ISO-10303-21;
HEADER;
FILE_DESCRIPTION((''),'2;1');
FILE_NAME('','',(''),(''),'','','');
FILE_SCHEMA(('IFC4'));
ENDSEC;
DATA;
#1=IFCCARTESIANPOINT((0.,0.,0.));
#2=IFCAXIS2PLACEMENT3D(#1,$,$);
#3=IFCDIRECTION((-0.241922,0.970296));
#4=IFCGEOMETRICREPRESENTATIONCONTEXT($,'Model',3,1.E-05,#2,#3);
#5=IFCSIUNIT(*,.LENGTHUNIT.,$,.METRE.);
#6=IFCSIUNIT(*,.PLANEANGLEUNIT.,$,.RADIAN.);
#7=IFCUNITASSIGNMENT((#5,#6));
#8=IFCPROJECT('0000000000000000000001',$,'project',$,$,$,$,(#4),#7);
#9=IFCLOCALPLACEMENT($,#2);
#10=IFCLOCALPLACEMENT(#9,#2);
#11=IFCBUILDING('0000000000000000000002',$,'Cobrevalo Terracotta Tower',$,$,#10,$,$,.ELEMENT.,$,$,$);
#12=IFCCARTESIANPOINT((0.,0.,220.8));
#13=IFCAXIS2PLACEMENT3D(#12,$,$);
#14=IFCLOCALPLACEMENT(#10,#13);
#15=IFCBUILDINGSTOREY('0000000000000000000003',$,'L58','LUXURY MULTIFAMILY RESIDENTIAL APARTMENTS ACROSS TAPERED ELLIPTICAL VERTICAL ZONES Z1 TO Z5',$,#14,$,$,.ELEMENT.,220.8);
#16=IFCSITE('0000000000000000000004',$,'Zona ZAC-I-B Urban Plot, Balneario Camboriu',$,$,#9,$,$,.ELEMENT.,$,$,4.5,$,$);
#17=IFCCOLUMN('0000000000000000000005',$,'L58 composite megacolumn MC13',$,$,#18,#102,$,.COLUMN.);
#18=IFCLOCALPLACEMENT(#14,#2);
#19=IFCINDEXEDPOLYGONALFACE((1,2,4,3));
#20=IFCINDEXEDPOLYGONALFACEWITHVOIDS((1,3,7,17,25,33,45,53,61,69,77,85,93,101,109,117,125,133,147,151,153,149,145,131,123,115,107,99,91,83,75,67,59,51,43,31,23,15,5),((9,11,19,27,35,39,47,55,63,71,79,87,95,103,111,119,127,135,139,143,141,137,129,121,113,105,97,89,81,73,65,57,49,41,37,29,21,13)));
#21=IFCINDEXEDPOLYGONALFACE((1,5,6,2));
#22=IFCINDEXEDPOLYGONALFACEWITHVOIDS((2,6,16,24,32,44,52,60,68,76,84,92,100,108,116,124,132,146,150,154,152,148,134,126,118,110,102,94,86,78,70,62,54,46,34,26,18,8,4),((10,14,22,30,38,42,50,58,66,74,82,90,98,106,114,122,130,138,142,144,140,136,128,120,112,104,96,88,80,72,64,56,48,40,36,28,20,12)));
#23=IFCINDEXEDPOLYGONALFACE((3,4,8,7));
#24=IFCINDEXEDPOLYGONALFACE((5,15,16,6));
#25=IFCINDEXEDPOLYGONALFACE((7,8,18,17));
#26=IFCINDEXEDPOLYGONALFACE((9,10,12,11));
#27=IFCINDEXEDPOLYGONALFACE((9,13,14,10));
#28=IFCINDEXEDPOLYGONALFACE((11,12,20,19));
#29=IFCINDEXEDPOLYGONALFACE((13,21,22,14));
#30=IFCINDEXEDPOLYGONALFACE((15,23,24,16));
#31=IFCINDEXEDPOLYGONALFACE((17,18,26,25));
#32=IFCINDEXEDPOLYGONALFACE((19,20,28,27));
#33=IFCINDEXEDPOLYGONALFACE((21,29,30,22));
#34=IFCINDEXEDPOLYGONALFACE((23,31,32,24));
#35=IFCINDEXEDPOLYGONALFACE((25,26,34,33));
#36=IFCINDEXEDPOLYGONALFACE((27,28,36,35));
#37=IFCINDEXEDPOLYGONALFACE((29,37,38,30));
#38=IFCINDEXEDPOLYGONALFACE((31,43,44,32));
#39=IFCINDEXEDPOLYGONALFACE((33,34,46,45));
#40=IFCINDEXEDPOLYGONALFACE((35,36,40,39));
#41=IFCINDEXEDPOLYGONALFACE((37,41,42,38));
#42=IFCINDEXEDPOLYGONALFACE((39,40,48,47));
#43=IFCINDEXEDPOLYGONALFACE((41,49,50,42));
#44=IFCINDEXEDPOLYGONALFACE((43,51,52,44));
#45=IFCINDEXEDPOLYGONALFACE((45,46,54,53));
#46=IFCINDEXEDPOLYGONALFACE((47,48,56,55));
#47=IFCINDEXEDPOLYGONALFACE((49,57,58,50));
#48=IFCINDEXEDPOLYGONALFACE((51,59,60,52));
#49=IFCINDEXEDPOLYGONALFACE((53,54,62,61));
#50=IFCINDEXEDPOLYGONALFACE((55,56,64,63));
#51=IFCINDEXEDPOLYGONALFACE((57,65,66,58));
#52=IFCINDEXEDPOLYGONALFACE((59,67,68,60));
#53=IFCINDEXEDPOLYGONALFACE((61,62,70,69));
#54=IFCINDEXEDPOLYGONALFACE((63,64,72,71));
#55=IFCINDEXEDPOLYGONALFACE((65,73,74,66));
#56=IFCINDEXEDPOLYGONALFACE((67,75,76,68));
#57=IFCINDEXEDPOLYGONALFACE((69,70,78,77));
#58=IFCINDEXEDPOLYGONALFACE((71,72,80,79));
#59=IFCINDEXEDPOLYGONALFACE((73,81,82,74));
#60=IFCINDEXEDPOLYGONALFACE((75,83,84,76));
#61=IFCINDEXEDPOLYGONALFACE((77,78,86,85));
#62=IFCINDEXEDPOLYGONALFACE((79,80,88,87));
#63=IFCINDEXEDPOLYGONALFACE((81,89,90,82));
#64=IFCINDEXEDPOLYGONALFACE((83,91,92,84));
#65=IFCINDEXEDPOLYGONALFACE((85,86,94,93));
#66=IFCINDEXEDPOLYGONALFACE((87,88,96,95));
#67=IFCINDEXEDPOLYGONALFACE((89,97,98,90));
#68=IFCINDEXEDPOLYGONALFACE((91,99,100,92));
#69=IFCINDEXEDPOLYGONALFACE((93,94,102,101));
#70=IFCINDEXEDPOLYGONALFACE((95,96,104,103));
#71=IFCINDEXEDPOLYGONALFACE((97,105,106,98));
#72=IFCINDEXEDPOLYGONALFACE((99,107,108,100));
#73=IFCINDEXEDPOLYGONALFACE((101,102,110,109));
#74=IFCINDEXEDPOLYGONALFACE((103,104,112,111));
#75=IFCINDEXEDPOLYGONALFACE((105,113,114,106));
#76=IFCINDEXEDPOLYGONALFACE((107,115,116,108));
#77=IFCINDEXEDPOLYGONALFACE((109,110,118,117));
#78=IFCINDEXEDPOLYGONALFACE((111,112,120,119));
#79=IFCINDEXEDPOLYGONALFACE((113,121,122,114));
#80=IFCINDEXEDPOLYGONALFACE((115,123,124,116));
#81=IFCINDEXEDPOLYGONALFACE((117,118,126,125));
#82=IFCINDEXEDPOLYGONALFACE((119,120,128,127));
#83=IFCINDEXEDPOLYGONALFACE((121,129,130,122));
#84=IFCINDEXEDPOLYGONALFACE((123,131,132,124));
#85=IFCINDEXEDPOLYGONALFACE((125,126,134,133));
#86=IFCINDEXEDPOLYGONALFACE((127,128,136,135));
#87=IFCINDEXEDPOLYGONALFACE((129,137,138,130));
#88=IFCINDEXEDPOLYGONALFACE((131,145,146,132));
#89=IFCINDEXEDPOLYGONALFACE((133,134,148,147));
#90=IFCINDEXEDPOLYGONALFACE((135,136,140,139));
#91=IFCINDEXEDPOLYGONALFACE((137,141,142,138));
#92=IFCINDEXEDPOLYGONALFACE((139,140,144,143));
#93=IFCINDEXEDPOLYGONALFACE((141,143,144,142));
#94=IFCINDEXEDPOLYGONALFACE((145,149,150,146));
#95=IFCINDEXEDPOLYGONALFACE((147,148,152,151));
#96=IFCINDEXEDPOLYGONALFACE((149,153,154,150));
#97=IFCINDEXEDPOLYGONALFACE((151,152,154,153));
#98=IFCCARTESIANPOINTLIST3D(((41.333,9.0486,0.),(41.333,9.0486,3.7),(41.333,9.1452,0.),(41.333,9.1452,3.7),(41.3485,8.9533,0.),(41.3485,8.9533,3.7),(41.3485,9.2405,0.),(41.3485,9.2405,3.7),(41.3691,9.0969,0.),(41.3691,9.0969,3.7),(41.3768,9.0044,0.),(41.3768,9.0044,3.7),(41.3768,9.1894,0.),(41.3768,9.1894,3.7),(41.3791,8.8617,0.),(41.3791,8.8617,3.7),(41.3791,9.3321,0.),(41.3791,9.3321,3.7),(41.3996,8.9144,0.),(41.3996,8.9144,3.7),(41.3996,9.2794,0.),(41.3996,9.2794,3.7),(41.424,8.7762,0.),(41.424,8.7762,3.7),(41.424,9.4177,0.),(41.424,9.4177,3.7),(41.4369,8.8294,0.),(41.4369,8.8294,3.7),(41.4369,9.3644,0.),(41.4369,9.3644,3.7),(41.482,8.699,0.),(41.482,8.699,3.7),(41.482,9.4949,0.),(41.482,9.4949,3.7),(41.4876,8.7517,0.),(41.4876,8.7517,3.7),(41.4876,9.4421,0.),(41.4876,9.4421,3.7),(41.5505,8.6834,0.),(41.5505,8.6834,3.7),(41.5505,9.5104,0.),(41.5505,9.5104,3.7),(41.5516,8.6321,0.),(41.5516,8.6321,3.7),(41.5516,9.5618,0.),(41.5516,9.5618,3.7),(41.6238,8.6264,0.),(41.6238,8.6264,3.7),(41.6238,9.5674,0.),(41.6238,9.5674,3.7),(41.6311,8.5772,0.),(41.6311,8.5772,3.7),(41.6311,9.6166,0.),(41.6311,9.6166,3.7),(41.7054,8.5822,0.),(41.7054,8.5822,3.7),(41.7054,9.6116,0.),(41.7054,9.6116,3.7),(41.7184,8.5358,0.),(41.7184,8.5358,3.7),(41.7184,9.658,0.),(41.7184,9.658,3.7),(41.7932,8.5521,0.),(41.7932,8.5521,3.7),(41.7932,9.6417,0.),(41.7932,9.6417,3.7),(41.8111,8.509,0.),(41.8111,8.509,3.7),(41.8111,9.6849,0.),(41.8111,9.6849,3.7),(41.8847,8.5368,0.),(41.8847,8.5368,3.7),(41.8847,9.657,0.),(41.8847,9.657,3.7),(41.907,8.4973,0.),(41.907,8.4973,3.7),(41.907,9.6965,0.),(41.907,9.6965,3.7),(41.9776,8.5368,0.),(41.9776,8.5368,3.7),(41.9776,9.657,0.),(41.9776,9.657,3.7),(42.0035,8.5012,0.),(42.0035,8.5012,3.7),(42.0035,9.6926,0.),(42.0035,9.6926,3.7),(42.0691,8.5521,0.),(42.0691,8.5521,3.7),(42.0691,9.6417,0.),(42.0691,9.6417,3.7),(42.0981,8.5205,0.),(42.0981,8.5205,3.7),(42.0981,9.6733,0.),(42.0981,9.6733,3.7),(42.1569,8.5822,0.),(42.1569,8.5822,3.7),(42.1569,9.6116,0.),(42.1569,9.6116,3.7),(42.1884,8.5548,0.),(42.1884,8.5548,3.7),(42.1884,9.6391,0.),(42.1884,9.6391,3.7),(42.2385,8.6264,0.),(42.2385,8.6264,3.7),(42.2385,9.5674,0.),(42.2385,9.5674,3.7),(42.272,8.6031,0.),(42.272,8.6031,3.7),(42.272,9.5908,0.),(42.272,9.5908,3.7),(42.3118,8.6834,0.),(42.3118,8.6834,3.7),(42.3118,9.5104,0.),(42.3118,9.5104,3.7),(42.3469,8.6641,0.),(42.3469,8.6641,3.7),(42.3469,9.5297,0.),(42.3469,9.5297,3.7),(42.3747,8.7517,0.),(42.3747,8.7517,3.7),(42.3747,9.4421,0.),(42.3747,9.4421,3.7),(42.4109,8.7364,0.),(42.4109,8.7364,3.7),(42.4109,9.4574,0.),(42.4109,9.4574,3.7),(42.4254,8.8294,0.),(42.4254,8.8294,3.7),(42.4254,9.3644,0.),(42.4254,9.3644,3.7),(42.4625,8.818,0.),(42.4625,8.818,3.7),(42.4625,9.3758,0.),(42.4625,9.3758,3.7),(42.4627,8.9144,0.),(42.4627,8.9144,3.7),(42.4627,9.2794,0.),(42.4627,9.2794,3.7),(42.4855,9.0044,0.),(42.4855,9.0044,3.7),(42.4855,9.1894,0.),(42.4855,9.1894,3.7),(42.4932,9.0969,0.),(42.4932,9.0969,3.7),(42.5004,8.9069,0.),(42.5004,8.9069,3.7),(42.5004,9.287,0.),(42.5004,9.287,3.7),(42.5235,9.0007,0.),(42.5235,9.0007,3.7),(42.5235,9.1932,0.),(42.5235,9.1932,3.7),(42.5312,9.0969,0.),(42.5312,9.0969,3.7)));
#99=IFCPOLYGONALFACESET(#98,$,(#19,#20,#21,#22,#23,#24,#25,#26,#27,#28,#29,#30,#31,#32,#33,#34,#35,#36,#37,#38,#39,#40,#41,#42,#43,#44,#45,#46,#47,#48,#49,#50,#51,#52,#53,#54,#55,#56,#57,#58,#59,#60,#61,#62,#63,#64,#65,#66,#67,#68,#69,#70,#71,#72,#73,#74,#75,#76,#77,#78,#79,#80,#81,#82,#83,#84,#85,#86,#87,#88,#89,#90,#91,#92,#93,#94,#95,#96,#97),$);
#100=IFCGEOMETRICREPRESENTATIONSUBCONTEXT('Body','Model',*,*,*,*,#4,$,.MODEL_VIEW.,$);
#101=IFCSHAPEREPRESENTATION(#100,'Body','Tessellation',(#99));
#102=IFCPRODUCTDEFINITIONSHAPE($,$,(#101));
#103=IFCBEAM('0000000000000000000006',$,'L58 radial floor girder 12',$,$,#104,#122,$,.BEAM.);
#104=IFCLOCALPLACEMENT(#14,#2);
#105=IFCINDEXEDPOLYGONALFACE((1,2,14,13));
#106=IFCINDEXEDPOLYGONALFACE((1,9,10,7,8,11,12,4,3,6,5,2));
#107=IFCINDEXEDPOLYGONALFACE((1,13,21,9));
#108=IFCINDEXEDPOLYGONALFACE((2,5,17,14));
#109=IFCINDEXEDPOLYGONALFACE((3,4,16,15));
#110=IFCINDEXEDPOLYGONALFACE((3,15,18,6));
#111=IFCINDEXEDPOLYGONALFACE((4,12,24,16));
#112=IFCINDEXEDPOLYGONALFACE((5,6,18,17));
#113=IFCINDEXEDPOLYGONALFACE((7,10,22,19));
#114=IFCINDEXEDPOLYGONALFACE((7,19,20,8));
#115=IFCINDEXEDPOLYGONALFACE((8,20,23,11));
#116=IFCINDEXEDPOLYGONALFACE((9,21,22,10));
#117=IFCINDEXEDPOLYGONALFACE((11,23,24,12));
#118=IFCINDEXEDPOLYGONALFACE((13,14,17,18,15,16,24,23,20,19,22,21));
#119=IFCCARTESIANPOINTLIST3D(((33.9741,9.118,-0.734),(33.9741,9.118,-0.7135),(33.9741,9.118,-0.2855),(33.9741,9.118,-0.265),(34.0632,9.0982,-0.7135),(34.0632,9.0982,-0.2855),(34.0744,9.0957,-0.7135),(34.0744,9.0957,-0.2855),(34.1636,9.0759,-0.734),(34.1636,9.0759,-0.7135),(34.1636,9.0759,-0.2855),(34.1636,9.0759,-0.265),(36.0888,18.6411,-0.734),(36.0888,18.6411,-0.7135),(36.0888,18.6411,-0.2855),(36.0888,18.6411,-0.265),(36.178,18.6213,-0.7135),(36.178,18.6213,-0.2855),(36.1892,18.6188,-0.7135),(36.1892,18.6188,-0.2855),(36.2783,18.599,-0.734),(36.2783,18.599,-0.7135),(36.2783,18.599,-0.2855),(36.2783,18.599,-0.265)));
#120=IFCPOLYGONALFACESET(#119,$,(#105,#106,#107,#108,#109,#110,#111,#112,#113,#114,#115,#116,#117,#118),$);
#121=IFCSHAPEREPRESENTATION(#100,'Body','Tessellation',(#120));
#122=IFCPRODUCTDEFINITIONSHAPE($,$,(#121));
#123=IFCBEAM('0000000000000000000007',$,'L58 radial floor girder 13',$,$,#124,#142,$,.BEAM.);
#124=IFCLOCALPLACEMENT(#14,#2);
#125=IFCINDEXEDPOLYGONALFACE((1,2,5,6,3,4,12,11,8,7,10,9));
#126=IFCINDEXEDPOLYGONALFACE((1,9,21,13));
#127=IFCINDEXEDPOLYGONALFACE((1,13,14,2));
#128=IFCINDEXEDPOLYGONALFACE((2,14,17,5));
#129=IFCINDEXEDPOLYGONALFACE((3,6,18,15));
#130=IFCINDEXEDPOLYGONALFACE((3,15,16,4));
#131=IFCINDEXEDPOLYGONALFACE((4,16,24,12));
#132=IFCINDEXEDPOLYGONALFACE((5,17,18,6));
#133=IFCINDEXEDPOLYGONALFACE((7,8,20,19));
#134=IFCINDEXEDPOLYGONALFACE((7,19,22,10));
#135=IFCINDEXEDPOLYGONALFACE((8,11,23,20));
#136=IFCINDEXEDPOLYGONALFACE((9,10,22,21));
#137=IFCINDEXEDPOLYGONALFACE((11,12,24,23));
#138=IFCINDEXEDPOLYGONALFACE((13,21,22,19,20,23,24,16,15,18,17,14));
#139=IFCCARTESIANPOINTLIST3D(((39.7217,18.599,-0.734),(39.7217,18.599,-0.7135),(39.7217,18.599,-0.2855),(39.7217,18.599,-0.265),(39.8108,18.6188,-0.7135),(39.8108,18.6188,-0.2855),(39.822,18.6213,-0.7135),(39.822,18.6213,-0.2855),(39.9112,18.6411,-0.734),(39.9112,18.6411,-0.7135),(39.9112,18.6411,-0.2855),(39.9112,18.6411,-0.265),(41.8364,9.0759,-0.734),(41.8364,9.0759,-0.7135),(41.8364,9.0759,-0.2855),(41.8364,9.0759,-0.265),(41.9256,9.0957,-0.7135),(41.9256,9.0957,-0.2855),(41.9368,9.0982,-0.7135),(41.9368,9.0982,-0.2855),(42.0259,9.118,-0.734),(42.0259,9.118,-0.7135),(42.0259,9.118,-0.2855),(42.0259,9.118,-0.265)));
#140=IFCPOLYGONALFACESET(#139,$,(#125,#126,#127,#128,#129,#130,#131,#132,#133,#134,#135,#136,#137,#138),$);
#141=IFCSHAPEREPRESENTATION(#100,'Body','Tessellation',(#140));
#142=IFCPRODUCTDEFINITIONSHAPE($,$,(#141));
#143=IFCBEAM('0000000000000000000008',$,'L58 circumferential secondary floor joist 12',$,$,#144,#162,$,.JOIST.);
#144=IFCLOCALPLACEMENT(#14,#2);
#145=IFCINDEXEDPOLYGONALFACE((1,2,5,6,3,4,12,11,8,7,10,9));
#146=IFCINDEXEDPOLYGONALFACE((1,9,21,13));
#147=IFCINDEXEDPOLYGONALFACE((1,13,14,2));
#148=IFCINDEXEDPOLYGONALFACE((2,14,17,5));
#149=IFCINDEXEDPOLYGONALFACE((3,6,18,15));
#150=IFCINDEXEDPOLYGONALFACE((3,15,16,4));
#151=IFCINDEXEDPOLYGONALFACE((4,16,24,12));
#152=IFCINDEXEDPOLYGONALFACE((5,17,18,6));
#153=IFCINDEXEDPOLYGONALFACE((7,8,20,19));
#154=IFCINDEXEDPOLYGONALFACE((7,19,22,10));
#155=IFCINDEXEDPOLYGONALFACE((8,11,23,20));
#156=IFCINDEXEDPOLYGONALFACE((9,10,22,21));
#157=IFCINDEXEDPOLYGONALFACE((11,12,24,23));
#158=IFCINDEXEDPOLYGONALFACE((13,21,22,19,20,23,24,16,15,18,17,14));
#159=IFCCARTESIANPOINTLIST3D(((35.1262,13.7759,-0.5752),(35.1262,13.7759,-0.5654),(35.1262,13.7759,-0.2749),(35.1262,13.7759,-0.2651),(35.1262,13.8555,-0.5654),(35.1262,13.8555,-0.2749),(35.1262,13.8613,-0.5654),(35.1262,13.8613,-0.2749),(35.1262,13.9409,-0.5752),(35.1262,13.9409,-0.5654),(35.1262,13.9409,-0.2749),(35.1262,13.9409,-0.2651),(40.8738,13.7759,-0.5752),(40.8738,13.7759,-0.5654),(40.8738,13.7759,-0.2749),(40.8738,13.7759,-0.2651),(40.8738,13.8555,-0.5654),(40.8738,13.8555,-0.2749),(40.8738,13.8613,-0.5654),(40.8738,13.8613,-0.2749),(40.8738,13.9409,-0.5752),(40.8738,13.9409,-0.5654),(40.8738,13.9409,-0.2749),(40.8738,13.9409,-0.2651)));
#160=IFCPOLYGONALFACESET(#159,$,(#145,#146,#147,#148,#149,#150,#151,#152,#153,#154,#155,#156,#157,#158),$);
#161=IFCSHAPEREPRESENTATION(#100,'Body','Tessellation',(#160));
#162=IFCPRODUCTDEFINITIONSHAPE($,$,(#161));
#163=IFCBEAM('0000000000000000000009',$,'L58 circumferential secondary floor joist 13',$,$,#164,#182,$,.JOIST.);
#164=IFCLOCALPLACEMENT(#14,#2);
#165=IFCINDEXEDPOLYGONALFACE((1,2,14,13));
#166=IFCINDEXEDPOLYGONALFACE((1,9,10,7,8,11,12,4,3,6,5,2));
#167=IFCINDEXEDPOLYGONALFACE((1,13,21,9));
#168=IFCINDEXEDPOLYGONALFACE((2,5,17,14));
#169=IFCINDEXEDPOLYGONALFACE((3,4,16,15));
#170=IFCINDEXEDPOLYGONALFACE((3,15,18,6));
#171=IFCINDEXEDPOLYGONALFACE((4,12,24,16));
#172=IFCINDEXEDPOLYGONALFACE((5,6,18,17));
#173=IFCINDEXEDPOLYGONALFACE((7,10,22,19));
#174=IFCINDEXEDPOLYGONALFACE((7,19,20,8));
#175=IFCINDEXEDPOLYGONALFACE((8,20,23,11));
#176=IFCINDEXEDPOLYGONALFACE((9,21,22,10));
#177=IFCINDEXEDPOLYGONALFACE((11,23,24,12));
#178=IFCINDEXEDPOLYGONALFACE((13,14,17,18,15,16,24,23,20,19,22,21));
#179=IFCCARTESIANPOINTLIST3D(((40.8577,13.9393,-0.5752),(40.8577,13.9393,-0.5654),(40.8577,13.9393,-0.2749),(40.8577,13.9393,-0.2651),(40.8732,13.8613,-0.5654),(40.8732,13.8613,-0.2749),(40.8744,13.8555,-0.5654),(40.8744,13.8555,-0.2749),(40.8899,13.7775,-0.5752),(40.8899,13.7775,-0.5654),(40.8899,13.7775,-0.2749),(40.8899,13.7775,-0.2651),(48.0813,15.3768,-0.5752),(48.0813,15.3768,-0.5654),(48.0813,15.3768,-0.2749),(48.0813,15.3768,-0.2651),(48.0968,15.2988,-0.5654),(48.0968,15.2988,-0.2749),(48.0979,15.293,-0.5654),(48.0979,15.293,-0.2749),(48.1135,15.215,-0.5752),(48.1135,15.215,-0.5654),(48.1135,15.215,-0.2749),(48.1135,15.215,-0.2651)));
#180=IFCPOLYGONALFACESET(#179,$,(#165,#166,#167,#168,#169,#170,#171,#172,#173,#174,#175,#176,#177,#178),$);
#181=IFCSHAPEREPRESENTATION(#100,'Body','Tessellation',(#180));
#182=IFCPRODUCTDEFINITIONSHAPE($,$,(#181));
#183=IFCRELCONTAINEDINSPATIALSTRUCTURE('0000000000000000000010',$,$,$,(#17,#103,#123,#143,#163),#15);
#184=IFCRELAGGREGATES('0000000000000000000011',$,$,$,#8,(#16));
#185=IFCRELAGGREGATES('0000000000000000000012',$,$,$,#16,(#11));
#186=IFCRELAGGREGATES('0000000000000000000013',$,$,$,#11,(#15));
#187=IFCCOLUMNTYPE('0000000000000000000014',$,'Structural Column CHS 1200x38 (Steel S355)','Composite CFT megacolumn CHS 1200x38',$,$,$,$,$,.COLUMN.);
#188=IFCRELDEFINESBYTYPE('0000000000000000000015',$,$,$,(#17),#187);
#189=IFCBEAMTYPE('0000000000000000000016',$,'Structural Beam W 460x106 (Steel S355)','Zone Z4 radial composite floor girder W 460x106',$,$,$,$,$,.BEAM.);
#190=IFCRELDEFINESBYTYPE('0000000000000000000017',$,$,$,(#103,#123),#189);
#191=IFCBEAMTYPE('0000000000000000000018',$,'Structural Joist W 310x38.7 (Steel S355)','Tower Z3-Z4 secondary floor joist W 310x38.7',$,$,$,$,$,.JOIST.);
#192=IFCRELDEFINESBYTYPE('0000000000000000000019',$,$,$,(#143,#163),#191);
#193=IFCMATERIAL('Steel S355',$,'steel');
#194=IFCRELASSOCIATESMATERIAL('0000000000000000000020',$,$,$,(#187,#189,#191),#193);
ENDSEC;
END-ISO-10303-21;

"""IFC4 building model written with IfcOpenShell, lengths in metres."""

from ifc_helpers import new_model, si_unit, direction, frame, origin, origin_2d, place, context, subcontext, project, spatial, hollow_circle, i_section, extrude, material, material_profile, profile_set, type_object, element, save


model = new_model("IFC4")

# Units and contexts
model_context = context("Model", 3, precision=1e-05, world=origin(), true_north=direction((-0.241922, 0.970296)))
body_context = subcontext(model_context, "Body", "Model", "MODEL_VIEW")
ifc_project = project(units=[si_unit("LENGTHUNIT", "METRE"), si_unit("PLANEANGLEUNIT", "RADIAN")], contexts=[model_context])

# Site, building, storey
site_placement = place(None, origin())
site = spatial("IfcSite", under=ifc_project, at=site_placement, Name="Zona ZAC-I-B Urban Plot, Balneario Camboriu", CompositionType="ELEMENT", RefElevation=4.5)
building_placement = place(site_placement, origin())
building = spatial("IfcBuilding", under=site, at=building_placement, Name="Cobrevalo Terracotta Tower", CompositionType="ELEMENT")
storey_placement = place(building_placement, frame((0.0, 0.0, 220.8)))
storey = spatial("IfcBuildingStorey", under=building, at=storey_placement, Name="L58", Description="LUXURY MULTIFAMILY RESIDENTIAL APARTMENTS ACROSS TAPERED ELLIPTICAL VERTICAL ZONES Z1 TO Z5", CompositionType="ELEMENT", Elevation=220.8)

# Column
ifc_material_1 = material(Name="Steel S355", Category="steel")
ifc_material_profile_1 = material_profile(ifc_material_1, hollow_circle(Radius=0.6001, WallThickness=0.0381, at=origin_2d()), Name="CHS 1200x38")
ifc_profile_set_1 = profile_set([ifc_material_profile_1], Name="Steel S355")
column_type = type_object("IfcColumnType", Name="Structural Column CHS 1200x38 (Steel S355)", Description="Composite CFT megacolumn CHS 1200x38", PredefinedType="COLUMN", material=ifc_profile_set_1)
column_placement = place(storey_placement, frame((41.9312, 9.0969, 0.0), z_axis=(0.0, 0.0, 1.0), x_axis=(1.0, 0.0, 0.0)))
element("IfcColumn", 1, at=column_placement, inside=storey, type_object=column_type, Name="L58 composite megacolumn MC13", PredefinedType="COLUMN", context=body_context, shape_type="SweptSolid", body=[
    extrude(hollow_circle(Radius=0.6001, WallThickness=0.0381, at=origin_2d()), origin(), (0.0, 0.0, 1.0), 3.7),
])

# Beams
ifc_material_profile_2 = material_profile(ifc_material_1, i_section(OverallWidth=0.1941, OverallDepth=0.469, WebThickness=0.0115, FlangeThickness=0.0205, at=origin_2d()), Name="W 460x106")
ifc_profile_set_2 = profile_set([ifc_material_profile_2], Name="Steel S355")
beam_type_1 = type_object("IfcBeamType", Name="Structural Beam W 460x106 (Steel S355)", Description="Zone Z4 radial composite floor girder W 460x106", PredefinedType="BEAM", material=ifc_profile_set_2)
for number, where, z_axis, x_axis, name in (
    (2, (34.0688, 9.0969, -0.4995), (0.216782, 0.97622, 0.0), (-0.97622, 0.216782, 0.0), "L58 radial floor girder 12"),
    (3, (41.9312, 9.0969, -0.4995), (-0.216782, 0.97622, 0.0), (-0.97622, -0.216782, 0.0), "L58 radial floor girder 13"),
):
    element("IfcBeam", number, at=place(storey_placement, frame(where, z_axis=z_axis, x_axis=x_axis)), inside=storey, type_object=beam_type_1, Name=name, PredefinedType="BEAM", context=body_context, shape_type="SweptSolid", body=[
        extrude(i_section(OverallWidth=0.1941, OverallDepth=0.469, WebThickness=0.0115, FlangeThickness=0.0205, at=origin_2d()), origin(), (0.0, 0.0, 1.0), 9.7551),
    ])
ifc_material_profile_3 = material_profile(ifc_material_1, i_section(OverallWidth=0.165, OverallDepth=0.3101, WebThickness=0.0059, FlangeThickness=0.0098, at=origin_2d()), Name="W 310x38.7")
ifc_profile_set_3 = profile_set([ifc_material_profile_3], Name="Steel S355")
beam_type_2 = type_object("IfcBeamType", Name="Structural Joist W 310x38.7 (Steel S355)", Description="Tower Z3-Z4 secondary floor joist W 310x38.7", PredefinedType="JOIST", material=ifc_profile_set_3)
beam_1_placement = place(storey_placement, frame((35.1262, 13.8584, -0.4202), z_axis=(1.0, 0.0, 0.0), x_axis=(0.0, 1.0, 0.0)))
element("IfcBeam", 4, at=beam_1_placement, inside=storey, type_object=beam_type_2, Name="L58 circumferential secondary floor joist 12", PredefinedType="JOIST", context=body_context, shape_type="SweptSolid", body=[
    extrude(i_section(OverallWidth=0.165, OverallDepth=0.3101, WebThickness=0.0059, FlangeThickness=0.0098, at=origin_2d()), origin(), (0.0, 0.0, 1.0), 5.7476),
])
beam_2_placement = place(storey_placement, frame((40.8738, 13.8584, -0.4202), z_axis=(0.980769, 0.195173, 0.0), x_axis=(-0.195173, 0.980769, 0.0)))
element("IfcBeam", 5, at=beam_2_placement, inside=storey, type_object=beam_type_2, Name="L58 circumferential secondary floor joist 13", PredefinedType="JOIST", context=body_context, shape_type="SweptSolid", body=[
    extrude(i_section(OverallWidth=0.165, OverallDepth=0.3101, WebThickness=0.0059, FlangeThickness=0.0098, at=origin_2d()), origin(), (0.0, 0.0, 1.0), 7.3652),
])

save(model, "model.ifc")
